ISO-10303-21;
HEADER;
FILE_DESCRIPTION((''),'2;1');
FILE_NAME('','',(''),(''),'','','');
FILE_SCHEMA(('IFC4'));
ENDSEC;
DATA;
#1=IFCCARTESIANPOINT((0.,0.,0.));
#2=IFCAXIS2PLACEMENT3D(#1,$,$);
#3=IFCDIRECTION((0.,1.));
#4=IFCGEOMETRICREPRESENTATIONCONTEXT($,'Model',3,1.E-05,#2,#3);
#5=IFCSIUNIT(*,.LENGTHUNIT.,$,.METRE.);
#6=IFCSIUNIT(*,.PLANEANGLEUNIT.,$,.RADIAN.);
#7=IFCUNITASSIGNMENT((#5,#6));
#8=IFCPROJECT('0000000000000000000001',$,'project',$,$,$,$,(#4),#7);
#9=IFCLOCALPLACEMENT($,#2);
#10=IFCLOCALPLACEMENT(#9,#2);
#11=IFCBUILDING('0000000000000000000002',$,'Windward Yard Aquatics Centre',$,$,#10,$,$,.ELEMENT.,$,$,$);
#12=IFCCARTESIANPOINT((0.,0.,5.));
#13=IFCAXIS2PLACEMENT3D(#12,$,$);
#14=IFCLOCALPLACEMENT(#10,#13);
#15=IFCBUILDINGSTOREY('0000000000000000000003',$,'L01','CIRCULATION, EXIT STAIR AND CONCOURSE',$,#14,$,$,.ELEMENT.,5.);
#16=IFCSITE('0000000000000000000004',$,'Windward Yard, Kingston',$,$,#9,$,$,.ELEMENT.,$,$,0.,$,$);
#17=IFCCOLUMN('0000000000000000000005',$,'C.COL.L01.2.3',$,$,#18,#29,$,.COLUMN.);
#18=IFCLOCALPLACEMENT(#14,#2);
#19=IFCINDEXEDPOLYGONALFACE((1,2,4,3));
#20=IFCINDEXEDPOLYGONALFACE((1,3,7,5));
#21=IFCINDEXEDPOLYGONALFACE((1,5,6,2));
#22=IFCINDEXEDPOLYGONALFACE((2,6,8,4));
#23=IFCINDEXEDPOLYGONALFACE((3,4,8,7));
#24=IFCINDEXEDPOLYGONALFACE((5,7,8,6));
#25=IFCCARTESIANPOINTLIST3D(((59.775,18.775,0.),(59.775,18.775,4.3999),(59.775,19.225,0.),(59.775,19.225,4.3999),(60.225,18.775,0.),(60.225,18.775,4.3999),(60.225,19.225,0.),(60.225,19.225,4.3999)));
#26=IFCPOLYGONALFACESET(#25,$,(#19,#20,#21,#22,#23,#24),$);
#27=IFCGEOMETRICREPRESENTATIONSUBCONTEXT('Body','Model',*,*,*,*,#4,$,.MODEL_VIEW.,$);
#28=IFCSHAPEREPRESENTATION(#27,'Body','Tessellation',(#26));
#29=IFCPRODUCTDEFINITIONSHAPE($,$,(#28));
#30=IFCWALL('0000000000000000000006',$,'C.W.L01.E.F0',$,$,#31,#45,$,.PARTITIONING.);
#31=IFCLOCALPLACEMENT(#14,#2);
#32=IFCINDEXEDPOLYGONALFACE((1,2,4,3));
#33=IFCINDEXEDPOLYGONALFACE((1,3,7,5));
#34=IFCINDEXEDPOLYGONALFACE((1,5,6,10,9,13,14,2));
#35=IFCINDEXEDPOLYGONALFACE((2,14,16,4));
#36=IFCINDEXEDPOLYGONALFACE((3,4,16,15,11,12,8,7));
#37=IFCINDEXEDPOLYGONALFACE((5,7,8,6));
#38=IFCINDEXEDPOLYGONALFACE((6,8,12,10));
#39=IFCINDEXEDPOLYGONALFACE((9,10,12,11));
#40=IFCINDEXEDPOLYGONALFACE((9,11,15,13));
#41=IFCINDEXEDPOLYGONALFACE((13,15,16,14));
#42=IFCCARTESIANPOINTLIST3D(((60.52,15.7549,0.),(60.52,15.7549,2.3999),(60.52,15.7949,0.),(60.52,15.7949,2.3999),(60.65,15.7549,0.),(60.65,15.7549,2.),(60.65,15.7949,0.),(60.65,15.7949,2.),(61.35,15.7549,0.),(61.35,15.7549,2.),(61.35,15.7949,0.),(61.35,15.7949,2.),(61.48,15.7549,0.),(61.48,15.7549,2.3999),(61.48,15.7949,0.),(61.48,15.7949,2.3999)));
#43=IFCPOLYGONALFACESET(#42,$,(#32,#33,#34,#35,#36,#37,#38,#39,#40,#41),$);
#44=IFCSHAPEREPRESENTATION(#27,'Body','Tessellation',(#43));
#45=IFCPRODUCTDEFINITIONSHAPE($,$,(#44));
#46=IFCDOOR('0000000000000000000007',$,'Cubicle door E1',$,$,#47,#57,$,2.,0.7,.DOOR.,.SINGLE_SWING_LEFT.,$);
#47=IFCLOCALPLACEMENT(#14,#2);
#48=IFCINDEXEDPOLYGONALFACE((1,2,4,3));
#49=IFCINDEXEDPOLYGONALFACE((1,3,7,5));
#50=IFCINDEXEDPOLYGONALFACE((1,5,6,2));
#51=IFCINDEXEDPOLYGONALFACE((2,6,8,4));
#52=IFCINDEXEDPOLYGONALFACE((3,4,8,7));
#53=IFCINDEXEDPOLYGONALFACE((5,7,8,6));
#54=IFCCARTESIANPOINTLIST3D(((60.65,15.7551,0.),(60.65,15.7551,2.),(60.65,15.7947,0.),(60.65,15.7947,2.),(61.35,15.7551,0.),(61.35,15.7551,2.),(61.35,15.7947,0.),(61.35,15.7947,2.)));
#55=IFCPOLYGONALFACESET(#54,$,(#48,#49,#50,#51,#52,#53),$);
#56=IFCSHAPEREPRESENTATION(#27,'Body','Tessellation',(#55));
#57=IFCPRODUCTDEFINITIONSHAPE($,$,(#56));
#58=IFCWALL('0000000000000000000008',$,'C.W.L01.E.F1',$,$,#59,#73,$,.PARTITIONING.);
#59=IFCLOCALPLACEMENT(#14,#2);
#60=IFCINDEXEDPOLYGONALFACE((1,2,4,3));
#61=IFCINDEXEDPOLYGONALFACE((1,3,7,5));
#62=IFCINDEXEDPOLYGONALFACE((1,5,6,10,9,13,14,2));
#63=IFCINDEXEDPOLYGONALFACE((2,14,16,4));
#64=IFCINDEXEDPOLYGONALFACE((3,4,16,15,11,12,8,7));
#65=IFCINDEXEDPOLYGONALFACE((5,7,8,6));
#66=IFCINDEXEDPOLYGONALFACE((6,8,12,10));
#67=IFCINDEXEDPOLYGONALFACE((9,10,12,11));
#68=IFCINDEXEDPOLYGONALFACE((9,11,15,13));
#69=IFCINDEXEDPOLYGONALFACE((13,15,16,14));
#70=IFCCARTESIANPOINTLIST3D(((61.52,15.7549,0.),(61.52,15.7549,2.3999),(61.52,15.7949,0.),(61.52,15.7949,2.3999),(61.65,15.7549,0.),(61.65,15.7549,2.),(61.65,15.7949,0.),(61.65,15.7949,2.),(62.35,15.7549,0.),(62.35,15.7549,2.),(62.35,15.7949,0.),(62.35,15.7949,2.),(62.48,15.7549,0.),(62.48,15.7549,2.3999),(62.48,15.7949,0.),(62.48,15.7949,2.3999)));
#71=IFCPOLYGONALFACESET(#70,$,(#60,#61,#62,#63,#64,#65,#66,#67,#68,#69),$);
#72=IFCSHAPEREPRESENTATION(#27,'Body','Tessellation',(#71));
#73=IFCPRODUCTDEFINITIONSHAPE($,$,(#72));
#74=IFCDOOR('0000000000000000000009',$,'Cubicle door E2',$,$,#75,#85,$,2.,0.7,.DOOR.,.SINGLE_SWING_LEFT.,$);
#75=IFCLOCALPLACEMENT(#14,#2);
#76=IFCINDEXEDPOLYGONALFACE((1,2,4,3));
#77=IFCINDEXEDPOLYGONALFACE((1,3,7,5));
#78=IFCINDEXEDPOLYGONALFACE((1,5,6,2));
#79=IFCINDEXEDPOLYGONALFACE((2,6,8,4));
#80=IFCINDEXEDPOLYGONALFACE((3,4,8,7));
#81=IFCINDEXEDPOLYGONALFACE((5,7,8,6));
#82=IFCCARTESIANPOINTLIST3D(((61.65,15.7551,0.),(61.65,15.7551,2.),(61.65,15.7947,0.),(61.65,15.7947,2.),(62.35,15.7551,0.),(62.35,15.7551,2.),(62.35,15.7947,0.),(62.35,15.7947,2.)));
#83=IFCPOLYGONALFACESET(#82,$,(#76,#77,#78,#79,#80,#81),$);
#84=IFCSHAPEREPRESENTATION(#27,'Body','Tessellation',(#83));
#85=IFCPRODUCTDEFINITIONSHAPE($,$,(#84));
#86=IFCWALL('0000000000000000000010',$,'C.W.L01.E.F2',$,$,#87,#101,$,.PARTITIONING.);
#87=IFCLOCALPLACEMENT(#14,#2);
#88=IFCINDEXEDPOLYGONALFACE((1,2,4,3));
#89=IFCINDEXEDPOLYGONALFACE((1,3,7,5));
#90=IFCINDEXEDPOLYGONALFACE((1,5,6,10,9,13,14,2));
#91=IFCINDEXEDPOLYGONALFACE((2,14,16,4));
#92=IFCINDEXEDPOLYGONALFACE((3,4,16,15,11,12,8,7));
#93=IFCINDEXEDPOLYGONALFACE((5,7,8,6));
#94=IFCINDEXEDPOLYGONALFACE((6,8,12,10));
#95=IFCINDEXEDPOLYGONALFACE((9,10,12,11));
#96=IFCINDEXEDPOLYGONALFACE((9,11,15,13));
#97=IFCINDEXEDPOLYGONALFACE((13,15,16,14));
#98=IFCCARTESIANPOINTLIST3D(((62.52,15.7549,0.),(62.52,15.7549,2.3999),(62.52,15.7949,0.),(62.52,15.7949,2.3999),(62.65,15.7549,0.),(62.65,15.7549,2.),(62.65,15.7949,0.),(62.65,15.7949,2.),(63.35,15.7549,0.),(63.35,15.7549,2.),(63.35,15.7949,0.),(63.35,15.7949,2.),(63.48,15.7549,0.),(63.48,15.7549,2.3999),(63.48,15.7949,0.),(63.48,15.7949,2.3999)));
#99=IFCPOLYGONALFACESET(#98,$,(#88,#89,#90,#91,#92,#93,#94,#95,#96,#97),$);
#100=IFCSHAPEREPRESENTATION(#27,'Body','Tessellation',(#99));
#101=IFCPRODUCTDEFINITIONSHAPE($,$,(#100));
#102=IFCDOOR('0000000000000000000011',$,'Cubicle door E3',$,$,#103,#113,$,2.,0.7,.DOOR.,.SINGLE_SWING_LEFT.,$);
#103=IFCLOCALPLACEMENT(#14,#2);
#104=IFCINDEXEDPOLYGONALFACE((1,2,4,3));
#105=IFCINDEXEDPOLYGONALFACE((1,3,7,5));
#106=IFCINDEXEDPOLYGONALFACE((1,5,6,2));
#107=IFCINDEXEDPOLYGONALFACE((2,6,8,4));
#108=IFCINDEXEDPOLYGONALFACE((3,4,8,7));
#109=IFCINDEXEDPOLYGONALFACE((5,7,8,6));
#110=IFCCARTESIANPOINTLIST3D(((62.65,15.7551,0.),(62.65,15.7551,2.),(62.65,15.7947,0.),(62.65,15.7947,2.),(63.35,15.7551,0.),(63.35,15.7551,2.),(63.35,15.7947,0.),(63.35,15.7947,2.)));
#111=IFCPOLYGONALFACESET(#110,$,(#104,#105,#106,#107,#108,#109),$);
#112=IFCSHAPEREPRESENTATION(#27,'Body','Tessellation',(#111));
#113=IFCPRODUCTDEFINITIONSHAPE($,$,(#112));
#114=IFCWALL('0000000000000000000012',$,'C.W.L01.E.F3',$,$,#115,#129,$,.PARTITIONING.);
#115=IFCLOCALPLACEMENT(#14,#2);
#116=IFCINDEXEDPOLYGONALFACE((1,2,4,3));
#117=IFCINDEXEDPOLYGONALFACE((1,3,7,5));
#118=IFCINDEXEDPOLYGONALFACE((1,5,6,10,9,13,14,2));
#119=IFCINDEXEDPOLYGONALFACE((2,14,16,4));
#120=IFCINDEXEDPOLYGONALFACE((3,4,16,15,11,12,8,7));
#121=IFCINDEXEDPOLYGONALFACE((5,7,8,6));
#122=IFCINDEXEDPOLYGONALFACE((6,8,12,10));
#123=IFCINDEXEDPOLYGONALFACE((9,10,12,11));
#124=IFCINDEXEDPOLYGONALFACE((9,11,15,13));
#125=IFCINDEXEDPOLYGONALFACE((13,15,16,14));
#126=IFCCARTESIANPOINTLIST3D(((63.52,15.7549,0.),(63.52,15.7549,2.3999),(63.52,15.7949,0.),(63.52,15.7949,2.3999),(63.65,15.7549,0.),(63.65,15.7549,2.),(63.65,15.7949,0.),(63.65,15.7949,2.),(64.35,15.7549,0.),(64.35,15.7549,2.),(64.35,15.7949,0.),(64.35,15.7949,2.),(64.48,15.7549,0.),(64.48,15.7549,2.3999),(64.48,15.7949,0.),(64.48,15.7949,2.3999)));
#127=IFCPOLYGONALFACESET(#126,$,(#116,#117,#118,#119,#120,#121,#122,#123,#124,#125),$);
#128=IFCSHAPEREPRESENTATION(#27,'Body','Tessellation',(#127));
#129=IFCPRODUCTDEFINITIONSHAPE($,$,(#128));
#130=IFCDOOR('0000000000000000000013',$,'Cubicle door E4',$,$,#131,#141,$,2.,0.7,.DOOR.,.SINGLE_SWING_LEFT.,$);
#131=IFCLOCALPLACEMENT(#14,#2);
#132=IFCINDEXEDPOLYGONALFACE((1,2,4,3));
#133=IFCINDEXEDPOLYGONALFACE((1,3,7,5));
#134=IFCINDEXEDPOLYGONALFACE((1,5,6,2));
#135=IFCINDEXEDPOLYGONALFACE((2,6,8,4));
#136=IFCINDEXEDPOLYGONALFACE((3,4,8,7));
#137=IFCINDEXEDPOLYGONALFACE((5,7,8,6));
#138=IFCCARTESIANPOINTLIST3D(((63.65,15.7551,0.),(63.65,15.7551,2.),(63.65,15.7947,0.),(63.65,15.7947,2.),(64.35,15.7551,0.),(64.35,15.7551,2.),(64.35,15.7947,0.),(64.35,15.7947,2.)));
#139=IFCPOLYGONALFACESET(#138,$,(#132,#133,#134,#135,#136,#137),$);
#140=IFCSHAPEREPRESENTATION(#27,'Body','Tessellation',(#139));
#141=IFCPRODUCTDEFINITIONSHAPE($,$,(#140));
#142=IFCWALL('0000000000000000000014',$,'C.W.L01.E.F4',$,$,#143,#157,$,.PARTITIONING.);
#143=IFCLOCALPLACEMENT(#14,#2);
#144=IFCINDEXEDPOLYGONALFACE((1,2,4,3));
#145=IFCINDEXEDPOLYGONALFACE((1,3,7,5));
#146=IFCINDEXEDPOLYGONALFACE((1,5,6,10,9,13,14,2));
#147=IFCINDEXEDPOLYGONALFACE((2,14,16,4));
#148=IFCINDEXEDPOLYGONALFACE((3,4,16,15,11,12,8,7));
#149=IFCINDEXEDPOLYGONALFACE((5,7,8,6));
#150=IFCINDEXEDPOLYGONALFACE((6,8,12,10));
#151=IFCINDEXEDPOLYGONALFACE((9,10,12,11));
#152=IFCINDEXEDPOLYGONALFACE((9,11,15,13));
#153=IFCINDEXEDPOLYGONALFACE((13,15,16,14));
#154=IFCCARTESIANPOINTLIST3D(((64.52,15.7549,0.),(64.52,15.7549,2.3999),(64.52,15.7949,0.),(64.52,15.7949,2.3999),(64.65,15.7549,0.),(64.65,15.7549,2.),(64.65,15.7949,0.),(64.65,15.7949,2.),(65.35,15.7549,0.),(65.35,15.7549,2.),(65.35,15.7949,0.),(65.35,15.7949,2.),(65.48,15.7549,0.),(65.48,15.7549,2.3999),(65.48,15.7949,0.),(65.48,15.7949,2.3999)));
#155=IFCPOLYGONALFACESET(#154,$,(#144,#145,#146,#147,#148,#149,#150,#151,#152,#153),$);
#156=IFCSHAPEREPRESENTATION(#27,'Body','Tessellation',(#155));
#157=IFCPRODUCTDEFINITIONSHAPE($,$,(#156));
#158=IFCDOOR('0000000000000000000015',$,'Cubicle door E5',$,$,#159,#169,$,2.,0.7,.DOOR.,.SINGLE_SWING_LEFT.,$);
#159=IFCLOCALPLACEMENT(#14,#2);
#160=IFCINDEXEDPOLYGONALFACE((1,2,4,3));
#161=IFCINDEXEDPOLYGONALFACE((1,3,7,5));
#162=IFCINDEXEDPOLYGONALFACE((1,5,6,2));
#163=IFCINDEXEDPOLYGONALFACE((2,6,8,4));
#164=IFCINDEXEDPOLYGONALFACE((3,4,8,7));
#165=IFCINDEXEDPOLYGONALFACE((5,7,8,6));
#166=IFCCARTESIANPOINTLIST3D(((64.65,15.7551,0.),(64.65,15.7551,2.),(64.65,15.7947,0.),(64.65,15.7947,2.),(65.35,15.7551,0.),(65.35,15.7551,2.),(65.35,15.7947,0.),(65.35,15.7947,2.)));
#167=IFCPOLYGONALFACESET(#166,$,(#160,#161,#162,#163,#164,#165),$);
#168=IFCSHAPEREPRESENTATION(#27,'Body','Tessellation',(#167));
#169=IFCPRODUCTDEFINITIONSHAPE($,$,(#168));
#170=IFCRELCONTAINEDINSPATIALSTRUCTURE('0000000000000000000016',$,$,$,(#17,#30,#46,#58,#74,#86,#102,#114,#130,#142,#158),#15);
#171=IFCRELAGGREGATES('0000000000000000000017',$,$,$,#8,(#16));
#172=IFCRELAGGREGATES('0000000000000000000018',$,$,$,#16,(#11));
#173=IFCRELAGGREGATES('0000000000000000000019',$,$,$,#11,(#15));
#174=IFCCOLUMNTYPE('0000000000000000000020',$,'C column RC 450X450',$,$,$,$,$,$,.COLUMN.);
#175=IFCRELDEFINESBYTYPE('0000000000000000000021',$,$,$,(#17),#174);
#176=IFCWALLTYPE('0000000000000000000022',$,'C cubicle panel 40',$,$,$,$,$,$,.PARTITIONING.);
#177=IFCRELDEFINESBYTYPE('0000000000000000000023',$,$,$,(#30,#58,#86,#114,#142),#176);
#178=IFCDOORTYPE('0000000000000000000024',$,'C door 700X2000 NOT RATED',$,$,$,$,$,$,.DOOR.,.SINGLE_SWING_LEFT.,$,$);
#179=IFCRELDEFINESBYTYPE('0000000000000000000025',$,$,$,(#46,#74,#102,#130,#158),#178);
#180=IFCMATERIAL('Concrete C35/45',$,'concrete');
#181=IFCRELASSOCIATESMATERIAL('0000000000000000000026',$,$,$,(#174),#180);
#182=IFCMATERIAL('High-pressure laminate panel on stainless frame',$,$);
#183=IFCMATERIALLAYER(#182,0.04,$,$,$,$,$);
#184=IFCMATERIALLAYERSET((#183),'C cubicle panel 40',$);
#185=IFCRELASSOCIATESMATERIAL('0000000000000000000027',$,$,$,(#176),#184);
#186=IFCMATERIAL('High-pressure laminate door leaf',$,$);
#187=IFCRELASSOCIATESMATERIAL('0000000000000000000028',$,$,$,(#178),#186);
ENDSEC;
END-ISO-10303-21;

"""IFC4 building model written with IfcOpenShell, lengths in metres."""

from ifc_helpers import new_model, si_unit, direction, frame, frame_2d, origin, origin_2d, place, context, subcontext, project, spatial, rectangle, extrude, material, layer, layer_set, material_profile, profile_set, type_object, element, fill, save


model = new_model("IFC4")

# Units and contexts
model_context = context("Model", 3, precision=1e-05, world=origin(), true_north=direction((0.0, 1.0)))
body_context = subcontext(model_context, "Body", "Model", "MODEL_VIEW")
ifc_project = project(units=[si_unit("LENGTHUNIT", "METRE"), si_unit("PLANEANGLEUNIT", "RADIAN")], contexts=[model_context])

# Site, building, storey
site_placement = place(None, origin())
site = spatial("IfcSite", under=ifc_project, at=site_placement, Name="Windward Yard, Kingston", CompositionType="ELEMENT", RefElevation=0.0)
building_placement = place(site_placement, origin())
building = spatial("IfcBuilding", under=site, at=building_placement, Name="Windward Yard Aquatics Centre", CompositionType="ELEMENT")
storey_placement = place(building_placement, frame((0.0, 0.0, 5.0)))
storey = spatial("IfcBuildingStorey", under=building, at=storey_placement, Name="L01", Description="CIRCULATION, EXIT STAIR AND CONCOURSE", CompositionType="ELEMENT", Elevation=5.0)

# Column
ifc_material_1 = material(Name="Concrete C35/45", Category="concrete")
ifc_material_profile = material_profile(ifc_material_1, rectangle(XDim=0.45, YDim=0.45, at=origin_2d()), Name="RC 450X450")
ifc_profile_set = profile_set([ifc_material_profile], Name="Concrete C35/45")
column_type = type_object("IfcColumnType", Name="C column RC 450X450", PredefinedType="COLUMN", material=ifc_profile_set)
column_placement = place(storey_placement, frame((60.0, 19.0, 0.0), z_axis=(0.0, 0.0, 1.0), x_axis=(1.0, 0.0, 0.0)))
element("IfcColumn", 1, at=column_placement, inside=storey, type_object=column_type, Name="C.COL.L01.2.3", PredefinedType="COLUMN", context=body_context, shape_type="SweptSolid", body=[
    extrude(rectangle(XDim=0.45, YDim=0.45, at=origin_2d()), origin(), (0.0, 0.0, 1.0), 4.3999),
])

# Walls, openings, doors
ifc_material_2 = material(Name="High-pressure laminate panel on stainless frame")
ifc_layer_1 = layer(ifc_material_2, 0.04)
ifc_layer_set_1 = layer_set([ifc_layer_1], Name="C cubicle panel 40")
wall_type_1 = type_object("IfcWallType", Name="C cubicle panel 40", PredefinedType="PARTITIONING", material=ifc_layer_set_1)
wall_1_placement = place(storey_placement, frame((60.52, 15.7749, 0.0), z_axis=(0.0, 0.0, 1.0), x_axis=(1.0, 0.0, 0.0)))
wall_1 = element("IfcWall", 2, at=wall_1_placement, inside=storey, type_object=wall_type_1, Name="C.W.L01.E.F0", PredefinedType="PARTITIONING", context=body_context, shape_type="SweptSolid", body=[
    extrude(rectangle(XDim=0.96, YDim=0.04, at=frame_2d((0.48, 0.0))), origin(), (0.0, 0.0, 1.0), 2.3999),
])
opening_1_placement = place(wall_1_placement, frame((0.1299, 0.0, 0.0)))
opening_1 = element("IfcOpeningElement", 3, at=opening_1_placement, cuts=wall_1, PredefinedType="OPENING", context=body_context, shape_type="SweptSolid", body=[
    extrude(rectangle(XDim=0.7, YDim=2.0, at=frame_2d((0.3501, 1.0))), frame((0.0, 0.03, 0.0), z_axis=(0.0, -1.0, 0.0), x_axis=(1.0, 0.0, 0.0)), (0.0, 0.0, 1.0), 0.0601),
])
ifc_material_3 = material(Name="High-pressure laminate door leaf")
door_type = type_object("IfcDoorType", Name="C door 700X2000 NOT RATED", OperationType="SINGLE_SWING_LEFT", PredefinedType="DOOR", material=ifc_material_3)
door_1_placement = place(opening_1_placement, origin())
door_1 = element("IfcDoor", 4, at=door_1_placement, inside=storey, type_object=door_type, Name="Cubicle door E1", OperationType="SINGLE_SWING_LEFT", OverallHeight=2.0, OverallWidth=0.7, PredefinedType="DOOR", context=body_context, shape_type="SweptSolid", body=[
    extrude(rectangle(XDim=0.7, YDim=2.0, at=frame_2d((0.3501, 1.0))), frame((0.0, 0.0198, 0.0), z_axis=(0.0, -1.0, 0.0), x_axis=(1.0, 0.0, 0.0)), (0.0, 0.0, 1.0), 0.0396),
])
fill(opening_1, door_1)
wall_2_placement = place(storey_placement, frame((61.52, 15.7749, 0.0), z_axis=(0.0, 0.0, 1.0), x_axis=(1.0, 0.0, 0.0)))
wall_2 = element("IfcWall", 5, at=wall_2_placement, inside=storey, type_object=wall_type_1, Name="C.W.L01.E.F1", PredefinedType="PARTITIONING", context=body_context, shape_type="SweptSolid", body=[
    extrude(rectangle(XDim=0.96, YDim=0.04, at=frame_2d((0.48, 0.0))), origin(), (0.0, 0.0, 1.0), 2.3999),
])
opening_2_placement = place(wall_2_placement, frame((0.1299, 0.0, 0.0)))
opening_2 = element("IfcOpeningElement", 6, at=opening_2_placement, cuts=wall_2, PredefinedType="OPENING", context=body_context, shape_type="SweptSolid", body=[
    extrude(rectangle(XDim=0.7, YDim=2.0, at=frame_2d((0.3501, 1.0))), frame((0.0, 0.03, 0.0), z_axis=(0.0, -1.0, 0.0), x_axis=(1.0, 0.0, 0.0)), (0.0, 0.0, 1.0), 0.0601),
])
door_2_placement = place(opening_2_placement, origin())
door_2 = element("IfcDoor", 7, at=door_2_placement, inside=storey, type_object=door_type, Name="Cubicle door E2", OperationType="SINGLE_SWING_LEFT", OverallHeight=2.0, OverallWidth=0.7, PredefinedType="DOOR", context=body_context, shape_type="SweptSolid", body=[
    extrude(rectangle(XDim=0.7, YDim=2.0, at=frame_2d((0.3501, 1.0))), frame((0.0, 0.0198, 0.0), z_axis=(0.0, -1.0, 0.0), x_axis=(1.0, 0.0, 0.0)), (0.0, 0.0, 1.0), 0.0396),
])
fill(opening_2, door_2)
wall_3_placement = place(storey_placement, frame((62.52, 15.7749, 0.0), z_axis=(0.0, 0.0, 1.0), x_axis=(1.0, 0.0, 0.0)))
wall_3 = element("IfcWall", 8, at=wall_3_placement, inside=storey, type_object=wall_type_1, Name="C.W.L01.E.F2", PredefinedType="PARTITIONING", context=body_context, shape_type="SweptSolid", body=[
    extrude(rectangle(XDim=0.96, YDim=0.04, at=frame_2d((0.48, 0.0))), origin(), (0.0, 0.0, 1.0), 2.3999),
])
opening_3_placement = place(wall_3_placement, frame((0.1299, 0.0, 0.0)))
opening_3 = element("IfcOpeningElement", 9, at=opening_3_placement, cuts=wall_3, PredefinedType="OPENING", context=body_context, shape_type="SweptSolid", body=[
    extrude(rectangle(XDim=0.7, YDim=2.0, at=frame_2d((0.3501, 1.0))), frame((0.0, 0.03, 0.0), z_axis=(0.0, -1.0, 0.0), x_axis=(1.0, 0.0, 0.0)), (0.0, 0.0, 1.0), 0.0601),
])
door_3_placement = place(opening_3_placement, origin())
door_3 = element("IfcDoor", 10, at=door_3_placement, inside=storey, type_object=door_type, Name="Cubicle door E3", OperationType="SINGLE_SWING_LEFT", OverallHeight=2.0, OverallWidth=0.7, PredefinedType="DOOR", context=body_context, shape_type="SweptSolid", body=[
    extrude(rectangle(XDim=0.7, YDim=2.0, at=frame_2d((0.3501, 1.0))), frame((0.0, 0.0198, 0.0), z_axis=(0.0, -1.0, 0.0), x_axis=(1.0, 0.0, 0.0)), (0.0, 0.0, 1.0), 0.0396),
])
fill(opening_3, door_3)
wall_4_placement = place(storey_placement, frame((63.52, 15.7749, 0.0), z_axis=(0.0, 0.0, 1.0), x_axis=(1.0, 0.0, 0.0)))
wall_4 = element("IfcWall", 11, at=wall_4_placement, inside=storey, type_object=wall_type_1, Name="C.W.L01.E.F3", PredefinedType="PARTITIONING", context=body_context, shape_type="SweptSolid", body=[
    extrude(rectangle(XDim=0.96, YDim=0.04, at=frame_2d((0.48, 0.0))), origin(), (0.0, 0.0, 1.0), 2.3999),
])
opening_4_placement = place(wall_4_placement, frame((0.1299, 0.0, 0.0)))
opening_4 = element("IfcOpeningElement", 12, at=opening_4_placement, cuts=wall_4, PredefinedType="OPENING", context=body_context, shape_type="SweptSolid", body=[
    extrude(rectangle(XDim=0.7, YDim=2.0, at=frame_2d((0.3501, 1.0))), frame((0.0, 0.03, 0.0), z_axis=(0.0, -1.0, 0.0), x_axis=(1.0, 0.0, 0.0)), (0.0, 0.0, 1.0), 0.0601),
])
door_4_placement = place(opening_4_placement, origin())
door_4 = element("IfcDoor", 13, at=door_4_placement, inside=storey, type_object=door_type, Name="Cubicle door E4", OperationType="SINGLE_SWING_LEFT", OverallHeight=2.0, OverallWidth=0.7, PredefinedType="DOOR", context=body_context, shape_type="SweptSolid", body=[
    extrude(rectangle(XDim=0.7, YDim=2.0, at=frame_2d((0.3501, 1.0))), frame((0.0, 0.0198, 0.0), z_axis=(0.0, -1.0, 0.0), x_axis=(1.0, 0.0, 0.0)), (0.0, 0.0, 1.0), 0.0396),
])
fill(opening_4, door_4)
wall_5_placement = place(storey_placement, frame((64.52, 15.7749, 0.0), z_axis=(0.0, 0.0, 1.0), x_axis=(1.0, 0.0, 0.0)))
wall_5 = element("IfcWall", 14, at=wall_5_placement, inside=storey, type_object=wall_type_1, Name="C.W.L01.E.F4", PredefinedType="PARTITIONING", context=body_context, shape_type="SweptSolid", body=[
    extrude(rectangle(XDim=0.96, YDim=0.04, at=frame_2d((0.48, 0.0))), origin(), (0.0, 0.0, 1.0), 2.3999),
])
opening_5_placement = place(wall_5_placement, frame((0.1299, 0.0, 0.0)))
opening_5 = element("IfcOpeningElement", 15, at=opening_5_placement, cuts=wall_5, PredefinedType="OPENING", context=body_context, shape_type="SweptSolid", body=[
    extrude(rectangle(XDim=0.7, YDim=2.0, at=frame_2d((0.3501, 1.0))), frame((0.0, 0.03, 0.0), z_axis=(0.0, -1.0, 0.0), x_axis=(1.0, 0.0, 0.0)), (0.0, 0.0, 1.0), 0.0601),
])
door_5_placement = place(opening_5_placement, origin())
door_5 = element("IfcDoor", 16, at=door_5_placement, inside=storey, type_object=door_type, Name="Cubicle door E5", OperationType="SINGLE_SWING_LEFT", OverallHeight=2.0, OverallWidth=0.7, PredefinedType="DOOR", context=body_context, shape_type="SweptSolid", body=[
    extrude(rectangle(XDim=0.7, YDim=2.0, at=frame_2d((0.3501, 1.0))), frame((0.0, 0.0198, 0.0), z_axis=(0.0, -1.0, 0.0), x_axis=(1.0, 0.0, 0.0)), (0.0, 0.0, 1.0), 0.0396),
])
fill(opening_5, door_5)

save(model, "model.ifc")
